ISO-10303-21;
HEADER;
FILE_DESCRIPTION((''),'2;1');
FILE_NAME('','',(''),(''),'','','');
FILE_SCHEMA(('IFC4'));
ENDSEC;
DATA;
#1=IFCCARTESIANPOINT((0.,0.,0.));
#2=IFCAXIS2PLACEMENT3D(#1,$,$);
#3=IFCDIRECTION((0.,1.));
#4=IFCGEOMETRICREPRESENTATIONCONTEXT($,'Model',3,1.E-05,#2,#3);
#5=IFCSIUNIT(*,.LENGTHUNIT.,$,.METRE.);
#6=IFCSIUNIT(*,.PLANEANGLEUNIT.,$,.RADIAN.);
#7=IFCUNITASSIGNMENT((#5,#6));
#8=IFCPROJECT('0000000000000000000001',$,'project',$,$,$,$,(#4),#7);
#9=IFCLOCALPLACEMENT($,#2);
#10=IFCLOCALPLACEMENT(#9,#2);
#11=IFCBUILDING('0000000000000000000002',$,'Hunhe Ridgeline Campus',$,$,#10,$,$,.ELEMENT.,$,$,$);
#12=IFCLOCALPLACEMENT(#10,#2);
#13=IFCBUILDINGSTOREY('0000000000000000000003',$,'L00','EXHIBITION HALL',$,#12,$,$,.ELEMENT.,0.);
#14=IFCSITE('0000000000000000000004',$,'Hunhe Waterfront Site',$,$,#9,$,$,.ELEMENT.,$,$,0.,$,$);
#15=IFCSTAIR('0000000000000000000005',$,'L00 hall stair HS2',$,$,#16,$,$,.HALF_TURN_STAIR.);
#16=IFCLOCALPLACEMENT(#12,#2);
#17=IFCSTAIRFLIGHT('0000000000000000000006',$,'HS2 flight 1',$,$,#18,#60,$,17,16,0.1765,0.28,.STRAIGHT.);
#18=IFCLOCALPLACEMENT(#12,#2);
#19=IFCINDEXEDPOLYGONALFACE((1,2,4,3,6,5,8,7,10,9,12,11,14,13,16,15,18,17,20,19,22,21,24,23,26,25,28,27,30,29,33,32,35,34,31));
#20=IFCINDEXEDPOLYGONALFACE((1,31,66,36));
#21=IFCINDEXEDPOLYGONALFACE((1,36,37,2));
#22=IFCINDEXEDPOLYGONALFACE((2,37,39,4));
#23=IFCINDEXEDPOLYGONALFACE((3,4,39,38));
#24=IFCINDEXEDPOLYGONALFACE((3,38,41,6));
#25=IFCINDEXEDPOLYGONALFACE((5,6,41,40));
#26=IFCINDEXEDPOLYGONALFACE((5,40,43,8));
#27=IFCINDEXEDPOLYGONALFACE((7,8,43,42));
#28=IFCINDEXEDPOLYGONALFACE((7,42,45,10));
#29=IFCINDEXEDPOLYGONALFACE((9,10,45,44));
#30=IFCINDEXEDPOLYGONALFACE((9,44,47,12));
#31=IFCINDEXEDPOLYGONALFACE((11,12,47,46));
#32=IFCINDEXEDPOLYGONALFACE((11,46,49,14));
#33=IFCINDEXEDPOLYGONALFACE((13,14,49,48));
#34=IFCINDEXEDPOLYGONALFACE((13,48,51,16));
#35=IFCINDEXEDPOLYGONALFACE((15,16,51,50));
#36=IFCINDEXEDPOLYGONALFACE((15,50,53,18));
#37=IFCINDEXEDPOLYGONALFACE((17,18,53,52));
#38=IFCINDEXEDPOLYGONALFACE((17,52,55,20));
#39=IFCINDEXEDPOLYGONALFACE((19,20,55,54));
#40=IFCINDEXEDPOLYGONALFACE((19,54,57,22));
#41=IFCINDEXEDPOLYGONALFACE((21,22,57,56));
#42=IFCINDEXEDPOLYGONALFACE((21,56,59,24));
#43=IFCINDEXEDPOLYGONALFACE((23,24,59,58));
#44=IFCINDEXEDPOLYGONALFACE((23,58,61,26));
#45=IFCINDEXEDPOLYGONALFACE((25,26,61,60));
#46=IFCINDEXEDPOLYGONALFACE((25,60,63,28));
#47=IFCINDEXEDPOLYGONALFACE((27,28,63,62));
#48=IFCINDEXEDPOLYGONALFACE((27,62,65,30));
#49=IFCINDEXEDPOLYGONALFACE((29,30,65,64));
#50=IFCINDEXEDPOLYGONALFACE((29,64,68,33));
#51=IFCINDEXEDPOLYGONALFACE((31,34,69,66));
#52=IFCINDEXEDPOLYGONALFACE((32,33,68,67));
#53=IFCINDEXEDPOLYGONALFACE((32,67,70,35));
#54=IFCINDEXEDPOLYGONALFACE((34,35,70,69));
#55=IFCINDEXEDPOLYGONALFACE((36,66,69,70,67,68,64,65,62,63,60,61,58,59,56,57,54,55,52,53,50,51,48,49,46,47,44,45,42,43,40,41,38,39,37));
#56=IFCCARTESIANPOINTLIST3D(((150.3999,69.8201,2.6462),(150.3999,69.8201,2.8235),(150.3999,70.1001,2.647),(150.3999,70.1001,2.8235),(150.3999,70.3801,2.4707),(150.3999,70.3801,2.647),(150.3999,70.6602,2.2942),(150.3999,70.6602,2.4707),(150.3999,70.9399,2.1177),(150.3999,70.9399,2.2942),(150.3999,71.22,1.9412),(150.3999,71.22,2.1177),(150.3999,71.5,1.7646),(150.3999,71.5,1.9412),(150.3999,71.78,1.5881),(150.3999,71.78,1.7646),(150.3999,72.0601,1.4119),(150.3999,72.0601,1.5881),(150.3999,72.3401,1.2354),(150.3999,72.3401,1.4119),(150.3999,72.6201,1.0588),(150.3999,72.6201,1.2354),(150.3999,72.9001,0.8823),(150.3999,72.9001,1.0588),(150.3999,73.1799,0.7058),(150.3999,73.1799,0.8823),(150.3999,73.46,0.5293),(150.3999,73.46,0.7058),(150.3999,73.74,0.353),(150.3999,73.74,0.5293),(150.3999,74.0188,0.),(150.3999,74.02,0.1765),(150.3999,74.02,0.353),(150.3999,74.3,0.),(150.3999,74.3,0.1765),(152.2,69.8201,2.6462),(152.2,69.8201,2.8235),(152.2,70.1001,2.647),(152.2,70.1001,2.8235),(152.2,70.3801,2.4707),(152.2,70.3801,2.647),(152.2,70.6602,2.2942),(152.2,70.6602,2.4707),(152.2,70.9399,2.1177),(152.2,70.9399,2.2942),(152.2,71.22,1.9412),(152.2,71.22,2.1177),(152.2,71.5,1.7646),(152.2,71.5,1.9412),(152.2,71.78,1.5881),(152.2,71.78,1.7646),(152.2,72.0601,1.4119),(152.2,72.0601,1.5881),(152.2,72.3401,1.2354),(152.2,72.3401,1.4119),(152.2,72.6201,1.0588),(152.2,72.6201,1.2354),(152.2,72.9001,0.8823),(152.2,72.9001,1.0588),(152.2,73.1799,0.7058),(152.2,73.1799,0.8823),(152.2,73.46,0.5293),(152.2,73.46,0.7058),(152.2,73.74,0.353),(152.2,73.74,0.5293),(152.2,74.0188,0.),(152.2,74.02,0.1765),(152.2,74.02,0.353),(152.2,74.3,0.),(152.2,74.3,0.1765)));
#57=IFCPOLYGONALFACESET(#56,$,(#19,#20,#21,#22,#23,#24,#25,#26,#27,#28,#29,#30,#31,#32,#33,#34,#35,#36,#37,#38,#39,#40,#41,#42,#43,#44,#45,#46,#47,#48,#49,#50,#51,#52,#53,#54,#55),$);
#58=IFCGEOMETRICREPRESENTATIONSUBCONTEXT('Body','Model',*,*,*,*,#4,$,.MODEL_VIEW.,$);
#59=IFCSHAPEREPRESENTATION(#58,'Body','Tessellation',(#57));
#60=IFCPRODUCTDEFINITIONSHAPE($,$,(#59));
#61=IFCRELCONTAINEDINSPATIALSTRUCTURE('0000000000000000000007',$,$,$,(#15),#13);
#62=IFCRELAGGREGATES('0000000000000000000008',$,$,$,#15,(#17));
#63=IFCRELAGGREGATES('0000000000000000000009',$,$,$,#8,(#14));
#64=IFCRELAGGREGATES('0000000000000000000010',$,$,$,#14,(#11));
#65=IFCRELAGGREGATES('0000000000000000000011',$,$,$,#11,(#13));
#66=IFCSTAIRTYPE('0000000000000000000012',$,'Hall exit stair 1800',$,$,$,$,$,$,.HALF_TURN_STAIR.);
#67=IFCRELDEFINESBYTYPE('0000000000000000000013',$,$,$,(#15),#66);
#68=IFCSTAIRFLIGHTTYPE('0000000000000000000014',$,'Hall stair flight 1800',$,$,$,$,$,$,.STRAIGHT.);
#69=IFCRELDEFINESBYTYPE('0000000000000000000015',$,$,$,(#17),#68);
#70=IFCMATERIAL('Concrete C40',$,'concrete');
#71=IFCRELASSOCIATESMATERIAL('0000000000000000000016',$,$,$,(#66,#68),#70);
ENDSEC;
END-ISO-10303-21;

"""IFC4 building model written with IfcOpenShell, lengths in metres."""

from ifc_helpers import new_model, si_unit, direction, frame, origin, place, context, subcontext, project, spatial, polyline, outline, extrude, material, type_object, element, aggregate, save


model = new_model("IFC4")

# Units and contexts
model_context = context("Model", 3, precision=1e-05, world=origin(), true_north=direction((0.0, 1.0)))
body_context = subcontext(model_context, "Body", "Model", "MODEL_VIEW")
ifc_project = project(units=[si_unit("LENGTHUNIT", "METRE"), si_unit("PLANEANGLEUNIT", "RADIAN")], contexts=[model_context])

# Site, building, storey
site_placement = place(None, origin())
site = spatial("IfcSite", under=ifc_project, at=site_placement, Name="Hunhe Waterfront Site", CompositionType="ELEMENT", RefElevation=0.0)
building_placement = place(site_placement, origin())
building = spatial("IfcBuilding", under=site, at=building_placement, Name="Hunhe Ridgeline Campus", CompositionType="ELEMENT")
storey_placement = place(building_placement, origin())
storey = spatial("IfcBuildingStorey", under=building, at=storey_placement, Name="L00", Description="EXHIBITION HALL", CompositionType="ELEMENT", Elevation=0.0)

# Shared definitions
ifc_material_1 = material(Name="Concrete C40", Category="concrete")

# Stair, stair flight
stair_type = type_object("IfcStairType", Name="Hall exit stair 1800", PredefinedType="HALF_TURN_STAIR", material=ifc_material_1)
stair_placement = place(storey_placement, origin())
stair = element("IfcStair", 1, at=stair_placement, inside=storey, type_object=stair_type, Name="L00 hall stair HS2", PredefinedType="HALF_TURN_STAIR")
stair_flight_type = type_object("IfcStairFlightType", Name="Hall stair flight 1800", PredefinedType="STRAIGHT", material=ifc_material_1)
stair_flight_placement = place(storey_placement, frame((151.3, 74.3, 0.0), z_axis=(0.0, 0.0, 1.0), x_axis=(0.0, -1.0, 0.0)))
stair_flight = element("IfcStairFlight", 2, at=stair_flight_placement, type_object=stair_flight_type, Name="HS2 flight 1", NumberOfRisers=17, NumberOfTreads=16, PredefinedType="STRAIGHT", RiserHeight=0.1765, TreadLength=0.28, context=body_context, shape_type="SweptSolid", body=[
    extrude(outline(polyline([(0.0, 0.0), (0.0, 0.1765), (0.28, 0.1765), (0.28, 0.353), (0.5601, 0.353), (0.5601, 0.5293), (0.8401, 0.5293), (0.8401, 0.7058), (1.1201, 0.7058), (1.1201, 0.8823), (1.3999, 0.8823), (1.3999, 1.0588), (1.6799, 1.0588), (1.6799, 1.2354), (1.96, 1.2354), (1.96, 1.4119), (2.24, 1.4119), (2.24, 1.5881), (2.52, 1.5881), (2.52, 1.7646), (2.8, 1.7646), (2.8, 1.9412), (3.0801, 1.9412), (3.0801, 2.1177), (3.3601, 2.1177), (3.3601, 2.2942), (3.6399, 2.2942), (3.6399, 2.4707), (3.9199, 2.4707), (3.9199, 2.647), (4.2, 2.647), (4.2, 2.8235), (4.48, 2.8235), (4.48, 3.0), (4.48, 2.6462), (0.2812, 0.0), (0.0, 0.0)])), frame((0.0, 0.8999, 0.0), z_axis=(0.0, -1.0, 0.0), x_axis=(1.0, 0.0, 0.0)), (0.0, 0.0, 1.0), 1.8),
])
aggregate(stair, [stair_flight])

save(model, "model.ifc")
